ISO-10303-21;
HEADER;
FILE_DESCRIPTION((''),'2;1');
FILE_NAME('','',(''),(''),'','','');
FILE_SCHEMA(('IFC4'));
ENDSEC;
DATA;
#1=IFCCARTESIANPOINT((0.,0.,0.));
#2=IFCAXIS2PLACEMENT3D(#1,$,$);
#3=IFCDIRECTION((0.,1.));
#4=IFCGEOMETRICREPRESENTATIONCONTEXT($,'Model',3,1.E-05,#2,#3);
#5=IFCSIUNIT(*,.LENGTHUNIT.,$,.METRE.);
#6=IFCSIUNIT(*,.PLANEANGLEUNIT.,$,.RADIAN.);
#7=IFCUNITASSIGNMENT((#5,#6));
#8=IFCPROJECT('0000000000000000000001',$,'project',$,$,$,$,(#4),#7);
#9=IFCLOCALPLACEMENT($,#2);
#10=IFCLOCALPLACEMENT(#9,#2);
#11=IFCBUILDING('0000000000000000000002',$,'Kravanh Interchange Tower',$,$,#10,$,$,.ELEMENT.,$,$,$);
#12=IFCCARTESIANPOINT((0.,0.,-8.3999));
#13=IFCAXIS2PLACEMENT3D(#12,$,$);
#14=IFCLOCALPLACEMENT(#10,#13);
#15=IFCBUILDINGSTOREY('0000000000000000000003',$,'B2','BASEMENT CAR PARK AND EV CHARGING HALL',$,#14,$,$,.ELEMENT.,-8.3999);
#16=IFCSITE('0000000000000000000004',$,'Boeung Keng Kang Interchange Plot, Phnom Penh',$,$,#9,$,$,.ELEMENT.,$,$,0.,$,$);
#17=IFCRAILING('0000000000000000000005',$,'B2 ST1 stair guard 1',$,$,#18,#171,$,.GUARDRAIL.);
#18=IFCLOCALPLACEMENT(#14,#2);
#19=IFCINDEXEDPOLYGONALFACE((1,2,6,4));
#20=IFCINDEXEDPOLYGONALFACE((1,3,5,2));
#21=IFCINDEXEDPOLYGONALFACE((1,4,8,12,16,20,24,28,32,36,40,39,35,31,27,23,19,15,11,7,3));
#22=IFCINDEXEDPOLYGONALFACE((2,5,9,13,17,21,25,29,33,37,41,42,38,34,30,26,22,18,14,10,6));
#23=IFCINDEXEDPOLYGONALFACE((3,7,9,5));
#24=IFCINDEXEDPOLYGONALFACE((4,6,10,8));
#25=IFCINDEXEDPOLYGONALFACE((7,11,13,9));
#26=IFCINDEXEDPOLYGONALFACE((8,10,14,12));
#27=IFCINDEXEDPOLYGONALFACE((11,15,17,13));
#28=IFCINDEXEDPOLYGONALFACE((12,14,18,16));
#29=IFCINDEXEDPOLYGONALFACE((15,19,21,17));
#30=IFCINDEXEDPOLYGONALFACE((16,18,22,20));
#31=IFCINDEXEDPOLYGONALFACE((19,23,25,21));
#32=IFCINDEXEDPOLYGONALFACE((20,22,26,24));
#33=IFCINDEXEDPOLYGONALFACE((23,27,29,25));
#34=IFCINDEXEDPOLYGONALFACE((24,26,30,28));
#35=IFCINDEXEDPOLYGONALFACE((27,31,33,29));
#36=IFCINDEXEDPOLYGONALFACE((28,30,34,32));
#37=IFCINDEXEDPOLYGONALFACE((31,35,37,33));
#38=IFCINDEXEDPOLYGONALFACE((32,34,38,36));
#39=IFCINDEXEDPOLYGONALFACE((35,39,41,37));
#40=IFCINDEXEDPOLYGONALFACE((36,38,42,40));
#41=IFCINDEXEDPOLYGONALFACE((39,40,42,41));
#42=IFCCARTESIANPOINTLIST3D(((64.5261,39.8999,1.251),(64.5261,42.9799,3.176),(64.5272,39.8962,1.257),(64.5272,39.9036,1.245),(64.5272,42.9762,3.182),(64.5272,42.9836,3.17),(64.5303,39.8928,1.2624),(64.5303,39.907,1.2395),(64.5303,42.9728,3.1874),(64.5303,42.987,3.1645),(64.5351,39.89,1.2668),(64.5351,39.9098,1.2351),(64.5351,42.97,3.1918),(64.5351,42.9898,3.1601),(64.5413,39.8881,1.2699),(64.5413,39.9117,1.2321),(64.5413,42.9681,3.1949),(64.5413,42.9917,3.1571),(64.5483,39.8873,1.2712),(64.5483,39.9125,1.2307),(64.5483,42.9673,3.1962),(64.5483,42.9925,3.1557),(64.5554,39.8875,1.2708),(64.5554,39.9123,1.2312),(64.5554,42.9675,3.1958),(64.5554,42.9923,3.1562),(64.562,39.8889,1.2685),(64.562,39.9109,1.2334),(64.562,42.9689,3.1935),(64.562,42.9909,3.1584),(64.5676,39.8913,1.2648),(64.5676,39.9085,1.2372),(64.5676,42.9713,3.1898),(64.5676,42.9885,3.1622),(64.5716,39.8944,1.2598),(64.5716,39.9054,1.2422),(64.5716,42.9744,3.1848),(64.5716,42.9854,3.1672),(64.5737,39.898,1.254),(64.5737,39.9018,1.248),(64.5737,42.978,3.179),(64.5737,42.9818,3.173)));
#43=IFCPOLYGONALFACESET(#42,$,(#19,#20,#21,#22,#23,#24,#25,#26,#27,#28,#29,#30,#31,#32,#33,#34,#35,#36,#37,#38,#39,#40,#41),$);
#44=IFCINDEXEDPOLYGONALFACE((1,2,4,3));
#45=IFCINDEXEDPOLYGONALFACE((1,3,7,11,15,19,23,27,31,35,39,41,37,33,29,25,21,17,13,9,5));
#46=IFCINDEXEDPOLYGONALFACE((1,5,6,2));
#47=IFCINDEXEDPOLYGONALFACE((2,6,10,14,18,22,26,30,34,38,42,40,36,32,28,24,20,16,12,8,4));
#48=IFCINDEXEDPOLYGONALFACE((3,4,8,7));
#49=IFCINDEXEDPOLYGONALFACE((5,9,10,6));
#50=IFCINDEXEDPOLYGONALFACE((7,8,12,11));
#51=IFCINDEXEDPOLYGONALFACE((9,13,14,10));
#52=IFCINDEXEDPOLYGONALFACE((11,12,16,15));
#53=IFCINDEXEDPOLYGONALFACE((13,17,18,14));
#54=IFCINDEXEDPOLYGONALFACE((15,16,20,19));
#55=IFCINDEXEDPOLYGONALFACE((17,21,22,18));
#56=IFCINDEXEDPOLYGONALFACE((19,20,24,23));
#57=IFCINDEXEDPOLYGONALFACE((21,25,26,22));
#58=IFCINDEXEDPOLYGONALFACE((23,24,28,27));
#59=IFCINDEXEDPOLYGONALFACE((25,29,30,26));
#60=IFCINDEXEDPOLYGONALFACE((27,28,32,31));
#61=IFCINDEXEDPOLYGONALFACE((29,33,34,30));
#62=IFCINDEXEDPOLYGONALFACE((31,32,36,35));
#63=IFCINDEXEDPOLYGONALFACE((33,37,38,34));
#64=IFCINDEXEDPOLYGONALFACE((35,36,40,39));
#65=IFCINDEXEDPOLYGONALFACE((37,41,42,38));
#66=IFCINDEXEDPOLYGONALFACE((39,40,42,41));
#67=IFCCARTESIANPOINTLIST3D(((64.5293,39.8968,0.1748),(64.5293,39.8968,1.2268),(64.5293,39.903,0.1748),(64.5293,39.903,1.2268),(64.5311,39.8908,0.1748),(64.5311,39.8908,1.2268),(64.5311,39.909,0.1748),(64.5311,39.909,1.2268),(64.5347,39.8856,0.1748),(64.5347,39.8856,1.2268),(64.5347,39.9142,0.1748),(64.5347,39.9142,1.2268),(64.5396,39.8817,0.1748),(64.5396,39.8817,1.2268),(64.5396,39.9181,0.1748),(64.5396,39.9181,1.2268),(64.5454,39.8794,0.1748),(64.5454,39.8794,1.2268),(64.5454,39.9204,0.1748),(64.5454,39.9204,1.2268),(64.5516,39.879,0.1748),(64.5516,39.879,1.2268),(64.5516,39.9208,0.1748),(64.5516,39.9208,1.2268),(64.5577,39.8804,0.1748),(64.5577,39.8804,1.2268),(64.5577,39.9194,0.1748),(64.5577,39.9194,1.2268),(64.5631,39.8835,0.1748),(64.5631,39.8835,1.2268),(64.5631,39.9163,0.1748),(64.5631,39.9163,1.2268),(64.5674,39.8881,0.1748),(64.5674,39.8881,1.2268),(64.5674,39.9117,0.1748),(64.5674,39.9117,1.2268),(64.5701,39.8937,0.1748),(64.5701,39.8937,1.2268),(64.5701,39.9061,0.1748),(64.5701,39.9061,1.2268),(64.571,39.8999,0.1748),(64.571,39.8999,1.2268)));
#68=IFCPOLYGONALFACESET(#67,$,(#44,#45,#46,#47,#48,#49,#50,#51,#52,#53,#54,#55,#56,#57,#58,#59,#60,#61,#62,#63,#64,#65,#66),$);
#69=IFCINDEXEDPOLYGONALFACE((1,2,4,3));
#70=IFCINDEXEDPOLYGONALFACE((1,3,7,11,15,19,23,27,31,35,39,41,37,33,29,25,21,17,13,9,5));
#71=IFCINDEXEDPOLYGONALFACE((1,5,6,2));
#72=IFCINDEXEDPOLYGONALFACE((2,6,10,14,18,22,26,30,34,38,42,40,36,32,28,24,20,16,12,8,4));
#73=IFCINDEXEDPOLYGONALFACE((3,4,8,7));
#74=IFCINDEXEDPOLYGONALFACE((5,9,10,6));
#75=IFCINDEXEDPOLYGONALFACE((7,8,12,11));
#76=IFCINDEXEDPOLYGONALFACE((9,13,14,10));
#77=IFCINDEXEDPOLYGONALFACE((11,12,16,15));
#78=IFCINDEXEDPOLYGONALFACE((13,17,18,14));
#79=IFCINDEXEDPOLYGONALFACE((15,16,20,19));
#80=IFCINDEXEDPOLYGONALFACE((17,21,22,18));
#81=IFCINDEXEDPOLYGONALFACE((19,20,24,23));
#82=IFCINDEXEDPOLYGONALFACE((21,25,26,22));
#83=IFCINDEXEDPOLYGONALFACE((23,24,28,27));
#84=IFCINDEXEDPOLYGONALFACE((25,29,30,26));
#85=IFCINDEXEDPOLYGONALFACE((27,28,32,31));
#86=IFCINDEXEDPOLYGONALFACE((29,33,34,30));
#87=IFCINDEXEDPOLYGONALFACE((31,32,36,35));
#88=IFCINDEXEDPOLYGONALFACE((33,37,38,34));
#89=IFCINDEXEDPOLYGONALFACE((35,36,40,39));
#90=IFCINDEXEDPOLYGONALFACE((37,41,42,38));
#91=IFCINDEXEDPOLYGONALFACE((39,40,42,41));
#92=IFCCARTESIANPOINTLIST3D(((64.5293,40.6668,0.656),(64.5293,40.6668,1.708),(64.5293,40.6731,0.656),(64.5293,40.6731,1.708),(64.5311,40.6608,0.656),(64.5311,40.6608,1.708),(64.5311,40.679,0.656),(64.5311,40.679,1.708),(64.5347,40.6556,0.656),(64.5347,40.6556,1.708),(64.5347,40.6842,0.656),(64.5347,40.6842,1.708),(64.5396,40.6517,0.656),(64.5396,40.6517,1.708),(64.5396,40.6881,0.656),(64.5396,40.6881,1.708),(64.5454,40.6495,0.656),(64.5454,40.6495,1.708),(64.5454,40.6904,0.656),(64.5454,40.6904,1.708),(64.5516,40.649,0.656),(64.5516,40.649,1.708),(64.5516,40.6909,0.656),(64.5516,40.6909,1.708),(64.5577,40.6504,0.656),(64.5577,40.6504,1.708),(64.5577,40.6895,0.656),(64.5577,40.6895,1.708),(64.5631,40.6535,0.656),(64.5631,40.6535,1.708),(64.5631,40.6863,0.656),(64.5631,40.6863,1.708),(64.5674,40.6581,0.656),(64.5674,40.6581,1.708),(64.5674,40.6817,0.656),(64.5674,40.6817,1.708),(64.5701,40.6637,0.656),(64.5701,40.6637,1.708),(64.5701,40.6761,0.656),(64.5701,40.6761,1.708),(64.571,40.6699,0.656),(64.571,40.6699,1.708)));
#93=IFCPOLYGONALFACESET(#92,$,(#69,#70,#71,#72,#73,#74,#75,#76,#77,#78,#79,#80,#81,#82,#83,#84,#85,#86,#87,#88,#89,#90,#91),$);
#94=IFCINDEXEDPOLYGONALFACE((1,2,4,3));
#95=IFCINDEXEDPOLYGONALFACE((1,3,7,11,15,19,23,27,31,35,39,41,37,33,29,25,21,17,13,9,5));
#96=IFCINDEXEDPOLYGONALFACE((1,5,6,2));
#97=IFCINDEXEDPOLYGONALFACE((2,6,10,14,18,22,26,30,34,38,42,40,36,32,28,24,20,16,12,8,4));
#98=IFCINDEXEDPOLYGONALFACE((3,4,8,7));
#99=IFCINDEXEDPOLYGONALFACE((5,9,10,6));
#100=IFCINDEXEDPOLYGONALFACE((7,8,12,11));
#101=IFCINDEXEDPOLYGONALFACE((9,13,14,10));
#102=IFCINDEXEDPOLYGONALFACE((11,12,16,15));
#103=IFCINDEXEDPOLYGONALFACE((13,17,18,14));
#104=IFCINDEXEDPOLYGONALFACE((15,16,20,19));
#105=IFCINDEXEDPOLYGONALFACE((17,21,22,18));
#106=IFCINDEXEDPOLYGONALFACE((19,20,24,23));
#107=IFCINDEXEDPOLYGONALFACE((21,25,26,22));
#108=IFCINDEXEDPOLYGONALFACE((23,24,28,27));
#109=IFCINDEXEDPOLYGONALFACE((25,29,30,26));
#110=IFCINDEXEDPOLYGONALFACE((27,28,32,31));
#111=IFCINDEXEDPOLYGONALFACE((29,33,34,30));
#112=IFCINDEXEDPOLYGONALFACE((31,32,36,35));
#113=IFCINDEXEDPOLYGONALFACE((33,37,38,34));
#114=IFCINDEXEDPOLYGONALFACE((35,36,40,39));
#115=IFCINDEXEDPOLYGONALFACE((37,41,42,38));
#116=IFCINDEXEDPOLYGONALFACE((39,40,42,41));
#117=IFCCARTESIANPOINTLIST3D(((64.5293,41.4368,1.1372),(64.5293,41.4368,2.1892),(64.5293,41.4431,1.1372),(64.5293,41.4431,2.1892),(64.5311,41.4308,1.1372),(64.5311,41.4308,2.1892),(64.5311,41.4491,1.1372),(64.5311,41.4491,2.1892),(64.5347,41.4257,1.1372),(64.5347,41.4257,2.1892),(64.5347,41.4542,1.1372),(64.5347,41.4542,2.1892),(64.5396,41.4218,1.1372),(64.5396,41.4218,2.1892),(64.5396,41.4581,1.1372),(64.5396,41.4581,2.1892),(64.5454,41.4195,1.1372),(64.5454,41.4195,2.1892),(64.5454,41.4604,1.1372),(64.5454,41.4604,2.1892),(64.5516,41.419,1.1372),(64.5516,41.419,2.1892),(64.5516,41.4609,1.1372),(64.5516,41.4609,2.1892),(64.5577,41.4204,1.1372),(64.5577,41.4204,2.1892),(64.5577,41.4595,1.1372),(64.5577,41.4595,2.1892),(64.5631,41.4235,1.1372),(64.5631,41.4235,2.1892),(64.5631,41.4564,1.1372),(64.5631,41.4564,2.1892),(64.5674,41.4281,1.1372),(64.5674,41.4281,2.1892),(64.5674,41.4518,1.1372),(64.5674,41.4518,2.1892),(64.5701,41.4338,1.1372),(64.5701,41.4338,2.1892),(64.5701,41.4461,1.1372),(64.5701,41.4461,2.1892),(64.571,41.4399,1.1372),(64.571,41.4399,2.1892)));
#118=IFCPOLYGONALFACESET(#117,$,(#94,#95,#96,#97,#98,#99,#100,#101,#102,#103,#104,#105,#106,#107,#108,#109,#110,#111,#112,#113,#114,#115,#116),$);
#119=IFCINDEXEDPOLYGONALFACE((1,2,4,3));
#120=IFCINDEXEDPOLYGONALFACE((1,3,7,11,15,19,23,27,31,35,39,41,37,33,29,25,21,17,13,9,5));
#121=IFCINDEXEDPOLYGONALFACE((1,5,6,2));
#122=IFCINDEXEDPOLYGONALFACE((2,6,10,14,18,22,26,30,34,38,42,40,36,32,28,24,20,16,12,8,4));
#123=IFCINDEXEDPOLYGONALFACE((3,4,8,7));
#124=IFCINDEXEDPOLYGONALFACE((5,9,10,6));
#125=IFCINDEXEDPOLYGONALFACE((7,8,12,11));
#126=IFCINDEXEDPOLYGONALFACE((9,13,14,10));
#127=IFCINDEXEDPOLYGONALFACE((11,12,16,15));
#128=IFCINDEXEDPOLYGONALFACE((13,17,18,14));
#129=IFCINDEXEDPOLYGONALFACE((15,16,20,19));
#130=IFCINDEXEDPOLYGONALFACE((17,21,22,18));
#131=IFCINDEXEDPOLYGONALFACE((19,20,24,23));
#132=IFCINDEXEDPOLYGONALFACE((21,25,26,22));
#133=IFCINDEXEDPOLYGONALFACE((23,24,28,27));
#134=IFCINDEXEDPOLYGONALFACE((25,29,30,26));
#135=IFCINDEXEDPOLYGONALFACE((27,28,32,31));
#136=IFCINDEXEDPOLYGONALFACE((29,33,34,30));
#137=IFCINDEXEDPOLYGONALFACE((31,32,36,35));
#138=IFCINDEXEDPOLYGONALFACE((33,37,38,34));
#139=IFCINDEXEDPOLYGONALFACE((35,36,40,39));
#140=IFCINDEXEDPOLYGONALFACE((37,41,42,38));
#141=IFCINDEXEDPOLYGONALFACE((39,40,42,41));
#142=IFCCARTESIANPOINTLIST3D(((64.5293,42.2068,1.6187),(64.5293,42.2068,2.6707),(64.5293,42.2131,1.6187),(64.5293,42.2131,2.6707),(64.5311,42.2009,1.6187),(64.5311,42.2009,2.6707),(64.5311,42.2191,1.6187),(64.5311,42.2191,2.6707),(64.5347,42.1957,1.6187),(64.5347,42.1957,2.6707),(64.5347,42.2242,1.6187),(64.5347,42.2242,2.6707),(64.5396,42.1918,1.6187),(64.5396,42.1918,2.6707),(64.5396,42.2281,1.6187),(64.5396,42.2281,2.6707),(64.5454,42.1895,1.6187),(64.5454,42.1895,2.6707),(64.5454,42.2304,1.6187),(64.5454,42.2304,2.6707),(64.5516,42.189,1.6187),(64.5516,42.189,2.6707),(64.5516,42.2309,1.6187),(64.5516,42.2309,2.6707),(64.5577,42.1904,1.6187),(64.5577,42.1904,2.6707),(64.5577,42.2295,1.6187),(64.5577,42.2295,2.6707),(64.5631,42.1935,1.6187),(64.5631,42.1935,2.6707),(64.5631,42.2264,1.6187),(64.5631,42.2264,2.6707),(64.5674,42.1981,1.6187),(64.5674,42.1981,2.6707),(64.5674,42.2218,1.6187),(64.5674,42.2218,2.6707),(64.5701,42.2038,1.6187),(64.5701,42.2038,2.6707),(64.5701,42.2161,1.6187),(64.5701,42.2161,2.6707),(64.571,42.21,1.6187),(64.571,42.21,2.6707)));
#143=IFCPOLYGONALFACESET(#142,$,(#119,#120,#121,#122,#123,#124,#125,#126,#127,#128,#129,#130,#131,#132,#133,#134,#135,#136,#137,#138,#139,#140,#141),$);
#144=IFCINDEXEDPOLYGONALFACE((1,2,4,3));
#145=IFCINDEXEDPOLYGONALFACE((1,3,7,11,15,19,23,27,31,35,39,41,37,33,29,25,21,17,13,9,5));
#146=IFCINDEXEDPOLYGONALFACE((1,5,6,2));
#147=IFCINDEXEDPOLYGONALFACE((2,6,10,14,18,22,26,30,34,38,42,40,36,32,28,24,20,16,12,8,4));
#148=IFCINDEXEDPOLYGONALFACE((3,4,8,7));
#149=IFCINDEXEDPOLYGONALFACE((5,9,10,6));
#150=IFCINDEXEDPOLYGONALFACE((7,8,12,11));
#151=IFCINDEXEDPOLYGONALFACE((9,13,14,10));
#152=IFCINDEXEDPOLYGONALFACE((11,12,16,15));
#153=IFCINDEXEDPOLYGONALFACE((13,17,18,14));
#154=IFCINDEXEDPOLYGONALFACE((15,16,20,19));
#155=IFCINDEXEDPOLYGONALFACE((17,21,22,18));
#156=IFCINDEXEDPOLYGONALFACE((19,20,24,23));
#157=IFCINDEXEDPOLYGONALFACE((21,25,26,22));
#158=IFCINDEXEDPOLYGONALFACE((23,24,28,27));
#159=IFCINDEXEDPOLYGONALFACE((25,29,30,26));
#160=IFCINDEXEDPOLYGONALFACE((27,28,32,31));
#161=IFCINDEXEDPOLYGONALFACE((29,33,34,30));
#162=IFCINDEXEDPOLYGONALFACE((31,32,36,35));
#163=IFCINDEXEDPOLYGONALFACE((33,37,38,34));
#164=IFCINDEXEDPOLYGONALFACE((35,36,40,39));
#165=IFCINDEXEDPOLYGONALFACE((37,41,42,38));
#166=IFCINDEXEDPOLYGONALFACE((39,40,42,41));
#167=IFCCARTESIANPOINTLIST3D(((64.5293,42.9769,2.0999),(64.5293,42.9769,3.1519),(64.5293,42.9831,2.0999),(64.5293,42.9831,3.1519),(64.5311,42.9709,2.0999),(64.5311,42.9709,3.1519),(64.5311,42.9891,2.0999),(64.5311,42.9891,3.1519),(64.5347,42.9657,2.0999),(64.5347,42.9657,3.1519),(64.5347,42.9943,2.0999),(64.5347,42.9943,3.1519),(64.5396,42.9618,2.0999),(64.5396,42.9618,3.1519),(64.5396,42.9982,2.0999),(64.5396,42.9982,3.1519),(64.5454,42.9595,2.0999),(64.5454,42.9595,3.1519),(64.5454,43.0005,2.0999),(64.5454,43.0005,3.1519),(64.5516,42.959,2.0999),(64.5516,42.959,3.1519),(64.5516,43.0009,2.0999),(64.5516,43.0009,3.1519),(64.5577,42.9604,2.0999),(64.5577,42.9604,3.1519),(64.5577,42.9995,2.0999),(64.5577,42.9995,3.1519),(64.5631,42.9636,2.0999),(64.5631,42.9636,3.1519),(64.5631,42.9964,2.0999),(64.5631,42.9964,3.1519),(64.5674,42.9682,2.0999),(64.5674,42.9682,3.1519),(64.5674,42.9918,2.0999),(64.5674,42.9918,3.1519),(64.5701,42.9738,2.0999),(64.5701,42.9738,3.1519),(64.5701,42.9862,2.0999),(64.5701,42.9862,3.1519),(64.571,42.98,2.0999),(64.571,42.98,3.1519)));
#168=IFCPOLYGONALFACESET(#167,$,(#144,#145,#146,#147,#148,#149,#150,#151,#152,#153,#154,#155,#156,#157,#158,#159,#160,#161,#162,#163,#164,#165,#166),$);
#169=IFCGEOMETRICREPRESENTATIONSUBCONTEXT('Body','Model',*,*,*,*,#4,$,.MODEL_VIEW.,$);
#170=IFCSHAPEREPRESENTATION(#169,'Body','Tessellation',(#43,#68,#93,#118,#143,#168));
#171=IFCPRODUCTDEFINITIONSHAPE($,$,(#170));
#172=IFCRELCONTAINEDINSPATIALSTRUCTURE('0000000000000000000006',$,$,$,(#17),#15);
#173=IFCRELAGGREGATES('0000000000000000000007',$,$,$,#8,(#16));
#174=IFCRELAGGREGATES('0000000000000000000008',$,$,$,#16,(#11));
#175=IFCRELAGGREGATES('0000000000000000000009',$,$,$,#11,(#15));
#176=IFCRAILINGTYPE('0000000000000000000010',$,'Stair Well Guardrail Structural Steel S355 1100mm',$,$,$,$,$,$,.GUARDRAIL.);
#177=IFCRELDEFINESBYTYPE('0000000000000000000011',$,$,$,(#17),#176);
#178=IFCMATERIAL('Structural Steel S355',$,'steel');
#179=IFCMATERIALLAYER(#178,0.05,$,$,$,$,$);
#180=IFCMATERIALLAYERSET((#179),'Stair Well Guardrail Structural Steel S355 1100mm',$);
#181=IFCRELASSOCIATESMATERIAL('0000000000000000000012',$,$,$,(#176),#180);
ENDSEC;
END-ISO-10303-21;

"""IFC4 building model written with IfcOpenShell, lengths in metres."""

from ifc_helpers import new_model, si_unit, direction, frame, origin, origin_2d, place, context, subcontext, project, spatial, circle, extrude, material, layer, layer_set, type_object, element, save


model = new_model("IFC4")

# Units and contexts
model_context = context("Model", 3, precision=1e-05, world=origin(), true_north=direction((0.0, 1.0)))
body_context = subcontext(model_context, "Body", "Model", "MODEL_VIEW")
ifc_project = project(units=[si_unit("LENGTHUNIT", "METRE"), si_unit("PLANEANGLEUNIT", "RADIAN")], contexts=[model_context])

# Site, building, storey
site_placement = place(None, origin())
site = spatial("IfcSite", under=ifc_project, at=site_placement, Name="Boeung Keng Kang Interchange Plot, Phnom Penh", CompositionType="ELEMENT", RefElevation=0.0)
building_placement = place(site_placement, origin())
building = spatial("IfcBuilding", under=site, at=building_placement, Name="Kravanh Interchange Tower", CompositionType="ELEMENT")
storey_placement = place(building_placement, frame((0.0, 0.0, -8.3999)))
storey = spatial("IfcBuildingStorey", under=building, at=storey_placement, Name="B2", Description="BASEMENT CAR PARK AND EV CHARGING HALL", CompositionType="ELEMENT", Elevation=-8.3999)

# Railing
ifc_material_1 = material(Name="Structural Steel S355", Category="steel")
ifc_layer_1 = layer(ifc_material_1, 0.05)
ifc_layer_set_1 = layer_set([ifc_layer_1], Name="Stair Well Guardrail Structural Steel S355 1100mm")
railing_type_1 = type_object("IfcRailingType", Name="Stair Well Guardrail Structural Steel S355 1100mm", PredefinedType="GUARDRAIL", material=ifc_layer_set_1)
railing_1_placement = place(storey_placement, frame((64.55, 39.8999, 0.1748)))
element("IfcRailing", 1, at=railing_1_placement, inside=storey, type_object=railing_type_1, Name="B2 ST1 stair guard 1", PredefinedType="GUARDRAIL", context=body_context, shape_type="SweptSolid", body=[
    extrude(circle(Radius=0.0239, at=origin_2d()), frame((0.0, 0.0, 1.0762), z_axis=(0.0, 0.847998, 0.529999), x_axis=(-1.0, 0.0, 0.0)), (0.0, 0.0, 1.0), 3.6321),
    extrude(circle(Radius=0.021, at=origin_2d()), origin(), (0.0, 0.0, 1.0), 1.052),
    extrude(circle(Radius=0.021, at=origin_2d()), frame((0.0, 0.77, 0.4812)), (0.0, 0.0, 1.0), 1.052),
    extrude(circle(Radius=0.021, at=origin_2d()), frame((0.0, 1.54, 0.9624)), (0.0, 0.0, 1.0), 1.052),
    extrude(circle(Radius=0.021, at=origin_2d()), frame((0.0, 2.3101, 1.4438)), (0.0, 0.0, 1.0), 1.052),
    extrude(circle(Radius=0.021, at=origin_2d()), frame((0.0, 3.0801, 1.925)), (0.0, 0.0, 1.0), 1.052),
])

save(model, "model.ifc")
